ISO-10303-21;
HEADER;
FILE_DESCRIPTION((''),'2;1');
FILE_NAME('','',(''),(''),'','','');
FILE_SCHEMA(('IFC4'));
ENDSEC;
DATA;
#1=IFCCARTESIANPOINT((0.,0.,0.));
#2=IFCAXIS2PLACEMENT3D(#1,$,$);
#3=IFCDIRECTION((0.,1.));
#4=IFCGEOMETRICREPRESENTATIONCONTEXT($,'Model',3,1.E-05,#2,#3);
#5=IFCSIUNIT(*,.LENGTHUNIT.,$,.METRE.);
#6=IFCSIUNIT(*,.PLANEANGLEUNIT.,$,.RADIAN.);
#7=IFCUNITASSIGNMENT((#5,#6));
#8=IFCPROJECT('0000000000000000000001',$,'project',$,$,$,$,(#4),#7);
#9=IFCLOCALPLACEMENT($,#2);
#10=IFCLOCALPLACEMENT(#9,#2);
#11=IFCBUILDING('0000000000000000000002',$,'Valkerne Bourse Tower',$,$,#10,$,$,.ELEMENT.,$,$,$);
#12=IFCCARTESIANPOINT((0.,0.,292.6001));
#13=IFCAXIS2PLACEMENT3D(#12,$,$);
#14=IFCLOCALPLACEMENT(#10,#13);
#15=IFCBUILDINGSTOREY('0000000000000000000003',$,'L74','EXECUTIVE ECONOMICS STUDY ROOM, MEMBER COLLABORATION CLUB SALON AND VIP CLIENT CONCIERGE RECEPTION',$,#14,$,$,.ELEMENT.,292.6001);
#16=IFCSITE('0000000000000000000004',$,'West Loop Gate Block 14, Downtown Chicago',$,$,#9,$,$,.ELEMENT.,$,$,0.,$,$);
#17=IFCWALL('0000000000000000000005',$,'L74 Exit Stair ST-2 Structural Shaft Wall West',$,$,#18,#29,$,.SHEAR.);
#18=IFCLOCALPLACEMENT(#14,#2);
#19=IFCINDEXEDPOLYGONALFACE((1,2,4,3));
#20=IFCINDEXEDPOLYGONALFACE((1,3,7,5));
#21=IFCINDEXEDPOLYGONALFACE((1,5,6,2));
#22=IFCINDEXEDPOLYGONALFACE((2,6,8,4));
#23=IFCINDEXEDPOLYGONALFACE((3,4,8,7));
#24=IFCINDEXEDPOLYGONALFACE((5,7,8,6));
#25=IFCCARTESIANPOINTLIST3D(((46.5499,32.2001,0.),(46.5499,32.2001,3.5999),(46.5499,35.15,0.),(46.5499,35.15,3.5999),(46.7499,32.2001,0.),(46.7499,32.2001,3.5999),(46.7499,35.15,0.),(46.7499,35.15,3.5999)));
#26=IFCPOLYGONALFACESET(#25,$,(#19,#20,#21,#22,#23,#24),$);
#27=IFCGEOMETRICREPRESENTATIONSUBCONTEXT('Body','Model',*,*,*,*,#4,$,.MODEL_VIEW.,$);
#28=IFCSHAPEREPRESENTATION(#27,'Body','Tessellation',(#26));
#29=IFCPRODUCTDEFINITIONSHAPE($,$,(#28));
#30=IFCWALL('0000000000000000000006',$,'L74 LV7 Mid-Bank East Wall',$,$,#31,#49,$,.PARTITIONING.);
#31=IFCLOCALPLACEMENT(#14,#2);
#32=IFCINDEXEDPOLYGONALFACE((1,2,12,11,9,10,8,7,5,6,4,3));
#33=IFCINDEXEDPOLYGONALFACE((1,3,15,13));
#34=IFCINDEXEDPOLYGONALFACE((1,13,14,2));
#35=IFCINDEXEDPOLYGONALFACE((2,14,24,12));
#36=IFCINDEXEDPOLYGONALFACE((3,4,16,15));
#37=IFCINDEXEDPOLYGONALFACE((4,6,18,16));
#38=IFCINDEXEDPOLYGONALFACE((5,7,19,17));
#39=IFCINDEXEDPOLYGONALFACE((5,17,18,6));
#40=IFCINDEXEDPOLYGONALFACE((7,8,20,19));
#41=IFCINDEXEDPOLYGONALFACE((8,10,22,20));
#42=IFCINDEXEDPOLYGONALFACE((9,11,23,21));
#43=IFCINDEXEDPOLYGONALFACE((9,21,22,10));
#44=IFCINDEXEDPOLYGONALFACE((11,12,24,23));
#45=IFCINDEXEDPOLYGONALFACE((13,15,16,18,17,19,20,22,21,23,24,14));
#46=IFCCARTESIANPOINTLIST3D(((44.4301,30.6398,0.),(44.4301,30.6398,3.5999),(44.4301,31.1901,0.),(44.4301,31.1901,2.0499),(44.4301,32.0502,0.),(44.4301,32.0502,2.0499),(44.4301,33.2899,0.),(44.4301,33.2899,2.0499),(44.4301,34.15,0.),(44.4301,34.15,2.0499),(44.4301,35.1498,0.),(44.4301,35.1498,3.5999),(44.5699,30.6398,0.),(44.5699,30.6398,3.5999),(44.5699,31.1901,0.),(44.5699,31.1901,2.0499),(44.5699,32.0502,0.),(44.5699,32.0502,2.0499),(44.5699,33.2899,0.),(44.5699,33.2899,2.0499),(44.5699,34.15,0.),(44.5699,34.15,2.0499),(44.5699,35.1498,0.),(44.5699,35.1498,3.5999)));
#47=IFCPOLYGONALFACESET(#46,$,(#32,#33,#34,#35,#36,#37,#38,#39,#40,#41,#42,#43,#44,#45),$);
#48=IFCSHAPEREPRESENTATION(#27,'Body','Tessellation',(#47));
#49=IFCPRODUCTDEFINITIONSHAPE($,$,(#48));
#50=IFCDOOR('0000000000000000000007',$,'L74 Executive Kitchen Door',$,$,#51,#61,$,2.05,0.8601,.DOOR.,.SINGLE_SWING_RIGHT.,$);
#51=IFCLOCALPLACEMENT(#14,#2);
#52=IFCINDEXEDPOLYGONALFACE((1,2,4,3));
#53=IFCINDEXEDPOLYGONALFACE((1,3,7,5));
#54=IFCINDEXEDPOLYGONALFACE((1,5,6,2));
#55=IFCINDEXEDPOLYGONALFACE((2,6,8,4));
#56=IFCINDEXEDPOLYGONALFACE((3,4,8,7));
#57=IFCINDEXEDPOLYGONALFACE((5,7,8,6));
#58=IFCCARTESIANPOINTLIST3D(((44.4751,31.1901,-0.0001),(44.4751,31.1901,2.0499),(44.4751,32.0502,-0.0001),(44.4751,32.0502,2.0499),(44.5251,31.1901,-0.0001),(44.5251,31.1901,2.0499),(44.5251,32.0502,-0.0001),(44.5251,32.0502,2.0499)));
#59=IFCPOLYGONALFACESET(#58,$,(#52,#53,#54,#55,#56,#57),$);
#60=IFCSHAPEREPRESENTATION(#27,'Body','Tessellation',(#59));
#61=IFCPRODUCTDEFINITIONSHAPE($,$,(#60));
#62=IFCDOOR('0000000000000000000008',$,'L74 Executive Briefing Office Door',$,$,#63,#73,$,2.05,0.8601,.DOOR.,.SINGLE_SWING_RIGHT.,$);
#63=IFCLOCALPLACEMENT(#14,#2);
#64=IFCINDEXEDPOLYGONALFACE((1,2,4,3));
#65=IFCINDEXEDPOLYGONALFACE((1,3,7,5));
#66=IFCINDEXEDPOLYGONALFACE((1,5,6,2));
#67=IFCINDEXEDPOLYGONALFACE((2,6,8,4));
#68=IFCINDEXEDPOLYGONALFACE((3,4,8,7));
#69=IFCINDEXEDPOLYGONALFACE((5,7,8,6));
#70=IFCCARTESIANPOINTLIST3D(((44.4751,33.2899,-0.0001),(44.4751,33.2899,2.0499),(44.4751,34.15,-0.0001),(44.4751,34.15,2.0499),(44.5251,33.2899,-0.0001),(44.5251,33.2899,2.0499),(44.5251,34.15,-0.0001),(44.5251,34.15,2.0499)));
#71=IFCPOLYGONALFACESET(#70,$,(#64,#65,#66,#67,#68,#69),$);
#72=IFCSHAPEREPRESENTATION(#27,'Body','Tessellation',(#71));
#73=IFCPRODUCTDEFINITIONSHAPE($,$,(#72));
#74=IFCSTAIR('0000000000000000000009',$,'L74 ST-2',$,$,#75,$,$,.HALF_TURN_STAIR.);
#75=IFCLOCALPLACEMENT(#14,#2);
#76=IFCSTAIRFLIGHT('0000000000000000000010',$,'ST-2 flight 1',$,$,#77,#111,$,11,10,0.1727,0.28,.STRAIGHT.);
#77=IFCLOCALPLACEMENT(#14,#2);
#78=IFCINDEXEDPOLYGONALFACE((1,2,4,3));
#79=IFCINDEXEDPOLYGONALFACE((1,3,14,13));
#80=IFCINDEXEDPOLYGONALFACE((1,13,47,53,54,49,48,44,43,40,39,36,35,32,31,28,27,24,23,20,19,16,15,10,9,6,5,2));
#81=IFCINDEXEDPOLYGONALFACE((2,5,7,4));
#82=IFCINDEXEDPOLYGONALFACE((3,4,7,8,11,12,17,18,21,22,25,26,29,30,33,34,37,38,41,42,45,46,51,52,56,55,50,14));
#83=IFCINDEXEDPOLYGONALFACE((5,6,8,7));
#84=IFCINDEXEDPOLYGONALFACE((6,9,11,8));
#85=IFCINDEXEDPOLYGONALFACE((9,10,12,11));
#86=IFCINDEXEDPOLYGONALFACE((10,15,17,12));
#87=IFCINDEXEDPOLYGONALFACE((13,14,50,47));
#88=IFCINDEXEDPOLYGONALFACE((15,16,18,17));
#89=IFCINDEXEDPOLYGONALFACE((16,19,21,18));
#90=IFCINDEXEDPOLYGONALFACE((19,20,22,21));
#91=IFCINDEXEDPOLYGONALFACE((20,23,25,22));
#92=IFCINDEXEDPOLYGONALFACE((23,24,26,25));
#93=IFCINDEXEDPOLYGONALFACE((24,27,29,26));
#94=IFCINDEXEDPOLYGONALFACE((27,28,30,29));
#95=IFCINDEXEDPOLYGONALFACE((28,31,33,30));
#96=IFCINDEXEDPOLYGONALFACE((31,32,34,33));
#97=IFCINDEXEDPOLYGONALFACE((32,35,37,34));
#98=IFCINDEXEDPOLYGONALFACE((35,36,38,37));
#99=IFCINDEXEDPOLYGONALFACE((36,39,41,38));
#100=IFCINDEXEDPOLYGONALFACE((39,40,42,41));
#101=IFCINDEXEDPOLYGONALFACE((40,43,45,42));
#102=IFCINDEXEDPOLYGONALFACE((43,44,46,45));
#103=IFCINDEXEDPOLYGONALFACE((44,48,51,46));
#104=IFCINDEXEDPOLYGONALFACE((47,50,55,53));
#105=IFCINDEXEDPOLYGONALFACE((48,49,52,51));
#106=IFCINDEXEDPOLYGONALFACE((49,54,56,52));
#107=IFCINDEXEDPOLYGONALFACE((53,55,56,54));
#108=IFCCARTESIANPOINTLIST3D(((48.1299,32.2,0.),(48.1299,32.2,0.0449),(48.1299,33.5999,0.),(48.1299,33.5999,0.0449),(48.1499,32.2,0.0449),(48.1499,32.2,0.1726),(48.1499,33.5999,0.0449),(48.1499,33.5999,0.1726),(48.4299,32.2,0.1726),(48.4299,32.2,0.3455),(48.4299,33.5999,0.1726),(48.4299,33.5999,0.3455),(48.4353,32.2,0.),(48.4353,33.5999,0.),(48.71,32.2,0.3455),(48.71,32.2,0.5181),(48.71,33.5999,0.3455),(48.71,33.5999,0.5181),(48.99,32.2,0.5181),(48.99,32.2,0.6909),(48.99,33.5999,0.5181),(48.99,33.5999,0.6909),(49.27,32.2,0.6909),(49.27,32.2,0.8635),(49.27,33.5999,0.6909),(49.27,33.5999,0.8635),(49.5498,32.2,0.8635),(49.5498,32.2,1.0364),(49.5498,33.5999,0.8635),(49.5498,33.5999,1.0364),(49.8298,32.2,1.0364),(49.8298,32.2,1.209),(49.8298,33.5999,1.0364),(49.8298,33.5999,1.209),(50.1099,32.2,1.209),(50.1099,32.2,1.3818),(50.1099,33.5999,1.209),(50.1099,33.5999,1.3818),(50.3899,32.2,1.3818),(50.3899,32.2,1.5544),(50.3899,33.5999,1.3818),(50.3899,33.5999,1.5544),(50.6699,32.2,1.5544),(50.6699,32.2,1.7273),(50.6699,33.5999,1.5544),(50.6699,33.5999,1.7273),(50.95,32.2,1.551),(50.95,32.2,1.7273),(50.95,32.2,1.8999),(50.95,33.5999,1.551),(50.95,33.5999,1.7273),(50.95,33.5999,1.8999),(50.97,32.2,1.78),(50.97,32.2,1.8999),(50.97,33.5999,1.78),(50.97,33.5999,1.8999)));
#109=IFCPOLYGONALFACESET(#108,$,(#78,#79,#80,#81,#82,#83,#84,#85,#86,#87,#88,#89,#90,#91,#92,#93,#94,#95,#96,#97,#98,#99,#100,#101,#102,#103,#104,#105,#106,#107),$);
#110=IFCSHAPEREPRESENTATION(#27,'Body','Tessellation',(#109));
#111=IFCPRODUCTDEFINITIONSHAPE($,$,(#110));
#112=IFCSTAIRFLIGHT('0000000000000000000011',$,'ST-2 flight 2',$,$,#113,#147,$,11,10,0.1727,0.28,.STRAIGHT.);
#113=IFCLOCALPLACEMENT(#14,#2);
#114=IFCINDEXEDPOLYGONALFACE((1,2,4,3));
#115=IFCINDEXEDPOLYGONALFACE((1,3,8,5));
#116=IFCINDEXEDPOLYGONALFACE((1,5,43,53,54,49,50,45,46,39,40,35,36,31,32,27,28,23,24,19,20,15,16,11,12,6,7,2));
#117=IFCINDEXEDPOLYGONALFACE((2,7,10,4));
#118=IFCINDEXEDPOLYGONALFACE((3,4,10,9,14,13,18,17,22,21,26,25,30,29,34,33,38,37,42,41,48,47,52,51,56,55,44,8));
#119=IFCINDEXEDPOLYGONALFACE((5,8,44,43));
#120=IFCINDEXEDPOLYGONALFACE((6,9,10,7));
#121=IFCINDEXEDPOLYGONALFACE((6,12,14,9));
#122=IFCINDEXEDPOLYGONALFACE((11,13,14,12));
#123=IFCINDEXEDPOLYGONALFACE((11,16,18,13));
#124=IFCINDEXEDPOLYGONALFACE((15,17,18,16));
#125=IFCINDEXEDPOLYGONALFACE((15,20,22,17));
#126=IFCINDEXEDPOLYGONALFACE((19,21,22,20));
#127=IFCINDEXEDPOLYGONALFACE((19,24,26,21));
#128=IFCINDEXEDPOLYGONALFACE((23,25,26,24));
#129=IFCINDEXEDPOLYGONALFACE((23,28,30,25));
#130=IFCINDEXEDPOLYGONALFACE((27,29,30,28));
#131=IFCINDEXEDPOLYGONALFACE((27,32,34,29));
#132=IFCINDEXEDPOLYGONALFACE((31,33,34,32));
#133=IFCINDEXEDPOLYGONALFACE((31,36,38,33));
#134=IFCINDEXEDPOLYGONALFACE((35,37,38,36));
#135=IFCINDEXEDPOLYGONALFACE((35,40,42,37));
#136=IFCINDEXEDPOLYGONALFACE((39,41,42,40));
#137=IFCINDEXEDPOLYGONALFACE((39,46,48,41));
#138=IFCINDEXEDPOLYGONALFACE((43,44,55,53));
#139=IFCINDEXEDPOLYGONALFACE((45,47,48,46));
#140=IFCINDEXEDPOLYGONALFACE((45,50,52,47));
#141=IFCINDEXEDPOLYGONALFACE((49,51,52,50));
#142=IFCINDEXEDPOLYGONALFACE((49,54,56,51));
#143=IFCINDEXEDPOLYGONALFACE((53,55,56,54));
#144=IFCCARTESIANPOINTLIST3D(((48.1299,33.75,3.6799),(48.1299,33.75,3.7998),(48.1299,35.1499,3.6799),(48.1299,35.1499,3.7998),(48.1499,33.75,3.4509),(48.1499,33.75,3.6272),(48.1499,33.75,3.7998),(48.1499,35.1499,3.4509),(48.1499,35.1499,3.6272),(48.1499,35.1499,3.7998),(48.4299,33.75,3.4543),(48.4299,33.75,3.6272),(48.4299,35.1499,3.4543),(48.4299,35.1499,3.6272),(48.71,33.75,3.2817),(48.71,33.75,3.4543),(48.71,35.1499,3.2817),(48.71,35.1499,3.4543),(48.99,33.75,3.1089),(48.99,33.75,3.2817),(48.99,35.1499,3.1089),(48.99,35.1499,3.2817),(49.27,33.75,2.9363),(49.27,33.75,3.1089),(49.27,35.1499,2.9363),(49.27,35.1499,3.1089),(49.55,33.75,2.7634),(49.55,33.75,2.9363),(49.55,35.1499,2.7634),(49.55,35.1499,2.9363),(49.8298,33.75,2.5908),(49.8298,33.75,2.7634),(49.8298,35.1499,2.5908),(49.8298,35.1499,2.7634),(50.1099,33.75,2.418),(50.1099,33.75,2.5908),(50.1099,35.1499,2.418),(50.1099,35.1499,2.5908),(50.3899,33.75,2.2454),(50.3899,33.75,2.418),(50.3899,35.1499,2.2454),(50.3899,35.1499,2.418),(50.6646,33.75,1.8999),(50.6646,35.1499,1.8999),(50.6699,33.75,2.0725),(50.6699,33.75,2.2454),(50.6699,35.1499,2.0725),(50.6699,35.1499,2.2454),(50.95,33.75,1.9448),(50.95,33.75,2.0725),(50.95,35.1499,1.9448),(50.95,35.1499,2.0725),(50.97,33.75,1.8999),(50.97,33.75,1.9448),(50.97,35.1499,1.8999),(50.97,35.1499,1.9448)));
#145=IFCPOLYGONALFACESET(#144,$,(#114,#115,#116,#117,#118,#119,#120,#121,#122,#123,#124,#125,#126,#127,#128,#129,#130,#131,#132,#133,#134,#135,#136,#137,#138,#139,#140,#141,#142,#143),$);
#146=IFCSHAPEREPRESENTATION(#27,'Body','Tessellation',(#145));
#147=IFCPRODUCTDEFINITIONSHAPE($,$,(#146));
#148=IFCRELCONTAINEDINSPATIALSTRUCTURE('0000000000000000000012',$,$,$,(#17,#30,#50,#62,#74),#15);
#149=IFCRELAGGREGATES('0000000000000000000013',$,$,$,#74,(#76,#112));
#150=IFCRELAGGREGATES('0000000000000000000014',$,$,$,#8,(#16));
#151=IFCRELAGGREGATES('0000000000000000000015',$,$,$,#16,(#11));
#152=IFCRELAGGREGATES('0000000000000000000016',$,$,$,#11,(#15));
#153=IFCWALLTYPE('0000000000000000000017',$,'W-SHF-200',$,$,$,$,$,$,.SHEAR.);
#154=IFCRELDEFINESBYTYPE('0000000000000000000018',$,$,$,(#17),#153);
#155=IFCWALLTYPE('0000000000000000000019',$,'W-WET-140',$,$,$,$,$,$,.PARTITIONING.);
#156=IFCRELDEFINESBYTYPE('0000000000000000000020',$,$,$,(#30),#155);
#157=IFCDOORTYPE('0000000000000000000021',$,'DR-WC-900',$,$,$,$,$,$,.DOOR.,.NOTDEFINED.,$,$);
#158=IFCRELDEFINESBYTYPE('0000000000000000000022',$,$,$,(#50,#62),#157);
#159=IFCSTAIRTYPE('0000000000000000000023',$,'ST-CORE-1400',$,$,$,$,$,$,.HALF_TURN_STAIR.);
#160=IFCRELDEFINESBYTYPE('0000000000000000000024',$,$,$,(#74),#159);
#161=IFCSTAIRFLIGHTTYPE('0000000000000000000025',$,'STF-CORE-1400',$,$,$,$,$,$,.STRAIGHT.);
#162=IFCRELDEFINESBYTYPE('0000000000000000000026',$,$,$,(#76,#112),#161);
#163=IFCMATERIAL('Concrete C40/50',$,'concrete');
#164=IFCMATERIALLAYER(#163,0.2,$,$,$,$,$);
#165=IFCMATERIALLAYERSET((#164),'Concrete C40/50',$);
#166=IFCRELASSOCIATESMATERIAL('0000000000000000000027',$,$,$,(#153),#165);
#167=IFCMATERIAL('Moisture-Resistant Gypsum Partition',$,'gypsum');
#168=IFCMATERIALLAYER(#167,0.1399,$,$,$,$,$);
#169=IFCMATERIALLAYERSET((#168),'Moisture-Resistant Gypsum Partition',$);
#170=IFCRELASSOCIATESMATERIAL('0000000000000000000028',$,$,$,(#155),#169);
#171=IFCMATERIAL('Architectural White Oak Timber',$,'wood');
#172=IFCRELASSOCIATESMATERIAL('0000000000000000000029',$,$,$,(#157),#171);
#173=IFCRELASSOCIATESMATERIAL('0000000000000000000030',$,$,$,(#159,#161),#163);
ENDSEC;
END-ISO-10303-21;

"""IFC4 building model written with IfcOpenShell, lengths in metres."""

from ifc_helpers import new_model, si_unit, direction, frame, frame_2d, origin, place, context, subcontext, project, spatial, polyline, rectangle, outline, extrude, material, layer, layer_set, type_object, element, fill, aggregate, save


model = new_model("IFC4")

# Units and contexts
model_context = context("Model", 3, precision=1e-05, world=origin(), true_north=direction((0.0, 1.0)))
body_context = subcontext(model_context, "Body", "Model", "MODEL_VIEW")
ifc_project = project(units=[si_unit("LENGTHUNIT", "METRE"), si_unit("PLANEANGLEUNIT", "RADIAN")], contexts=[model_context])

# Site, building, storey
site_placement = place(None, origin())
site = spatial("IfcSite", under=ifc_project, at=site_placement, Name="West Loop Gate Block 14, Downtown Chicago", CompositionType="ELEMENT", RefElevation=0.0)
building_placement = place(site_placement, origin())
building = spatial("IfcBuilding", under=site, at=building_placement, Name="Valkerne Bourse Tower", CompositionType="ELEMENT")
storey_placement = place(building_placement, frame((0.0, 0.0, 292.6001)))
storey = spatial("IfcBuildingStorey", under=building, at=storey_placement, Name="L74", Description="EXECUTIVE ECONOMICS STUDY ROOM, MEMBER COLLABORATION CLUB SALON AND VIP CLIENT CONCIERGE RECEPTION", CompositionType="ELEMENT", Elevation=292.6001)

# Shared definitions
ifc_material_1 = material(Name="Concrete C40/50", Category="concrete")
ifc_layer_1 = layer(ifc_material_1, 0.2)
ifc_layer_set_1 = layer_set([ifc_layer_1], Name="Concrete C40/50")
wall_type_1 = type_object("IfcWallType", Name="W-SHF-200", PredefinedType="SHEAR", material=ifc_layer_set_1)

# Wall
wall_1_placement = place(storey_placement, frame((46.6499, 32.2, 0.0), z_axis=(0.0, 0.0, 1.0), x_axis=(0.0, 1.0, 0.0)))
element("IfcWall", 1, at=wall_1_placement, inside=storey, type_object=wall_type_1, Name="L74 Exit Stair ST-2 Structural Shaft Wall West", PredefinedType="SHEAR", context=body_context, shape_type="SweptSolid", body=[
    extrude(rectangle(XDim=2.95, YDim=0.2, at=frame_2d((1.4751, 0.0))), origin(), (0.0, 0.0, 1.0), 3.5999),
])

# Wall, openings, doors
ifc_material_2 = material(Name="Moisture-Resistant Gypsum Partition", Category="gypsum")
ifc_layer_2 = layer(ifc_material_2, 0.1399)
ifc_layer_set_2 = layer_set([ifc_layer_2], Name="Moisture-Resistant Gypsum Partition")
wall_type_2 = type_object("IfcWallType", Name="W-WET-140", PredefinedType="PARTITIONING", material=ifc_layer_set_2)
wall_2_placement = place(storey_placement, frame((44.5, 30.6399, 0.0), z_axis=(0.0, 0.0, 1.0), x_axis=(0.0, 1.0, 0.0)))
wall_2 = element("IfcWall", 2, at=wall_2_placement, inside=storey, type_object=wall_type_2, Name="L74 LV7 Mid-Bank East Wall", PredefinedType="PARTITIONING", context=body_context, shape_type="SweptSolid", body=[
    extrude(rectangle(XDim=4.51, YDim=0.1399, at=frame_2d((2.2549, 0.0))), origin(), (0.0, 0.0, 1.0), 3.5999),
])
opening_1_placement = place(wall_2_placement, frame((0.55, 0.0, 0.0)))
opening_1 = element("IfcOpeningElement", 3, at=opening_1_placement, cuts=wall_2, PredefinedType="OPENING", context=body_context, shape_type="SweptSolid", body=[
    extrude(rectangle(XDim=0.8601, YDim=2.05, at=frame_2d((0.4302, 1.0249))), frame((0.0, 0.0798, 0.0), z_axis=(0.0, -1.0, 0.0), x_axis=(1.0, 0.0, 0.0)), (0.0, 0.0, 1.0), 0.1599),
])
opening_2_placement = place(wall_2_placement, frame((2.6499, 0.0, 0.0)))
opening_2 = element("IfcOpeningElement", 4, at=opening_2_placement, cuts=wall_2, PredefinedType="OPENING", context=body_context, shape_type="SweptSolid", body=[
    extrude(rectangle(XDim=0.8601, YDim=2.05, at=frame_2d((0.4302, 1.0249))), frame((0.0, 0.0798, 0.0), z_axis=(0.0, -1.0, 0.0), x_axis=(1.0, 0.0, 0.0)), (0.0, 0.0, 1.0), 0.1599),
])
ifc_material_3 = material(Name="Architectural White Oak Timber", Category="wood")
door_type_1 = type_object("IfcDoorType", Name="DR-WC-900", OperationType="NOTDEFINED", PredefinedType="DOOR", material=ifc_material_3)
door_1_placement = place(opening_1_placement, origin())
door_1 = element("IfcDoor", 5, at=door_1_placement, inside=storey, type_object=door_type_1, Name="L74 Executive Kitchen Door", OperationType="SINGLE_SWING_RIGHT", OverallHeight=2.05, OverallWidth=0.8601, PredefinedType="DOOR", context=body_context, shape_type="SweptSolid", body=[
    extrude(rectangle(XDim=0.8601, YDim=2.05, at=frame_2d((0.4302, 1.0249))), frame((0.0, 0.0249, 0.0), z_axis=(0.0, -1.0, 0.0), x_axis=(1.0, 0.0, 0.0)), (0.0, 0.0, 1.0), 0.05),
])
fill(opening_1, door_1)
door_2_placement = place(opening_2_placement, origin())
door_2 = element("IfcDoor", 6, at=door_2_placement, inside=storey, type_object=door_type_1, Name="L74 Executive Briefing Office Door", OperationType="SINGLE_SWING_RIGHT", OverallHeight=2.05, OverallWidth=0.8601, PredefinedType="DOOR", context=body_context, shape_type="SweptSolid", body=[
    extrude(rectangle(XDim=0.8601, YDim=2.05, at=frame_2d((0.4302, 1.0249))), frame((0.0, 0.0249, 0.0), z_axis=(0.0, -1.0, 0.0), x_axis=(1.0, 0.0, 0.0)), (0.0, 0.0, 1.0), 0.05),
])
fill(opening_2, door_2)

# Stair, stair flights
stair_type = type_object("IfcStairType", Name="ST-CORE-1400", PredefinedType="HALF_TURN_STAIR", material=ifc_material_1)
stair_placement = place(storey_placement, origin())
stair = element("IfcStair", 7, at=stair_placement, inside=storey, type_object=stair_type, Name="L74 ST-2", PredefinedType="HALF_TURN_STAIR")
stair_flight_type = type_object("IfcStairFlightType", Name="STF-CORE-1400", PredefinedType="STRAIGHT", material=ifc_material_1)
stair_flight_1_placement = place(storey_placement, frame((48.1499, 32.8999, 0.0), z_axis=(0.0, 0.0, 1.0), x_axis=(1.0, 0.0, 0.0)))
stair_flight_1 = element("IfcStairFlight", 8, at=stair_flight_1_placement, type_object=stair_flight_type, Name="ST-2 flight 1", NumberOfRisers=11, NumberOfTreads=10, PredefinedType="STRAIGHT", RiserHeight=0.1727, TreadLength=0.28, context=body_context, shape_type="SweptSolid", body=[
    extrude(outline(polyline([(-0.02, 0.0), (-0.02, 0.0449), (0.0, 0.0449), (0.0, 0.1726), (0.28, 0.1726), (0.28, 0.3455), (0.5601, 0.3455), (0.5601, 0.5181), (0.8401, 0.5181), (0.8401, 0.6909), (1.1201, 0.6909), (1.1201, 0.8635), (1.3999, 0.8635), (1.3999, 1.0364), (1.6799, 1.0364), (1.6799, 1.209), (1.96, 1.209), (1.96, 1.3818), (2.24, 1.3818), (2.24, 1.5544), (2.52, 1.5544), (2.52, 1.7273), (2.8, 1.7273), (2.8, 1.8999), (2.8201, 1.8999), (2.8201, 1.78), (2.8, 1.551), (0.2854, 0.0), (-0.02, 0.0)])), frame((0.0, 0.7, 0.0), z_axis=(0.0, -1.0, 0.0), x_axis=(1.0, 0.0, 0.0)), (0.0, 0.0, 1.0), 1.3999),
])
stair_flight_2_placement = place(storey_placement, frame((50.95, 34.45, 1.8999), z_axis=(0.0, 0.0, 1.0), x_axis=(-1.0, 0.0, 0.0)))
stair_flight_2 = element("IfcStairFlight", 9, at=stair_flight_2_placement, type_object=stair_flight_type, Name="ST-2 flight 2", NumberOfRisers=11, NumberOfTreads=10, PredefinedType="STRAIGHT", RiserHeight=0.1727, TreadLength=0.28, context=body_context, shape_type="SweptSolid", body=[
    extrude(outline(polyline([(-0.02, 0.0), (-0.02, 0.0449), (0.0, 0.0449), (0.0, 0.1726), (0.28, 0.1726), (0.28, 0.3455), (0.5601, 0.3455), (0.5601, 0.5181), (0.8401, 0.5181), (0.8401, 0.6909), (1.1201, 0.6909), (1.1201, 0.8635), (1.3999, 0.8635), (1.3999, 1.0364), (1.6799, 1.0364), (1.6799, 1.209), (1.96, 1.209), (1.96, 1.3818), (2.24, 1.3818), (2.24, 1.5544), (2.52, 1.5544), (2.52, 1.7273), (2.8, 1.7273), (2.8, 1.8999), (2.8201, 1.8999), (2.8201, 1.78), (2.8, 1.551), (0.2854, 0.0), (-0.02, 0.0)])), frame((0.0, 0.7, 0.0), z_axis=(0.0, -1.0, 0.0), x_axis=(1.0, 0.0, 0.0)), (0.0, 0.0, 1.0), 1.3999),
])
aggregate(stair, [stair_flight_1, stair_flight_2])

save(model, "model.ifc")
